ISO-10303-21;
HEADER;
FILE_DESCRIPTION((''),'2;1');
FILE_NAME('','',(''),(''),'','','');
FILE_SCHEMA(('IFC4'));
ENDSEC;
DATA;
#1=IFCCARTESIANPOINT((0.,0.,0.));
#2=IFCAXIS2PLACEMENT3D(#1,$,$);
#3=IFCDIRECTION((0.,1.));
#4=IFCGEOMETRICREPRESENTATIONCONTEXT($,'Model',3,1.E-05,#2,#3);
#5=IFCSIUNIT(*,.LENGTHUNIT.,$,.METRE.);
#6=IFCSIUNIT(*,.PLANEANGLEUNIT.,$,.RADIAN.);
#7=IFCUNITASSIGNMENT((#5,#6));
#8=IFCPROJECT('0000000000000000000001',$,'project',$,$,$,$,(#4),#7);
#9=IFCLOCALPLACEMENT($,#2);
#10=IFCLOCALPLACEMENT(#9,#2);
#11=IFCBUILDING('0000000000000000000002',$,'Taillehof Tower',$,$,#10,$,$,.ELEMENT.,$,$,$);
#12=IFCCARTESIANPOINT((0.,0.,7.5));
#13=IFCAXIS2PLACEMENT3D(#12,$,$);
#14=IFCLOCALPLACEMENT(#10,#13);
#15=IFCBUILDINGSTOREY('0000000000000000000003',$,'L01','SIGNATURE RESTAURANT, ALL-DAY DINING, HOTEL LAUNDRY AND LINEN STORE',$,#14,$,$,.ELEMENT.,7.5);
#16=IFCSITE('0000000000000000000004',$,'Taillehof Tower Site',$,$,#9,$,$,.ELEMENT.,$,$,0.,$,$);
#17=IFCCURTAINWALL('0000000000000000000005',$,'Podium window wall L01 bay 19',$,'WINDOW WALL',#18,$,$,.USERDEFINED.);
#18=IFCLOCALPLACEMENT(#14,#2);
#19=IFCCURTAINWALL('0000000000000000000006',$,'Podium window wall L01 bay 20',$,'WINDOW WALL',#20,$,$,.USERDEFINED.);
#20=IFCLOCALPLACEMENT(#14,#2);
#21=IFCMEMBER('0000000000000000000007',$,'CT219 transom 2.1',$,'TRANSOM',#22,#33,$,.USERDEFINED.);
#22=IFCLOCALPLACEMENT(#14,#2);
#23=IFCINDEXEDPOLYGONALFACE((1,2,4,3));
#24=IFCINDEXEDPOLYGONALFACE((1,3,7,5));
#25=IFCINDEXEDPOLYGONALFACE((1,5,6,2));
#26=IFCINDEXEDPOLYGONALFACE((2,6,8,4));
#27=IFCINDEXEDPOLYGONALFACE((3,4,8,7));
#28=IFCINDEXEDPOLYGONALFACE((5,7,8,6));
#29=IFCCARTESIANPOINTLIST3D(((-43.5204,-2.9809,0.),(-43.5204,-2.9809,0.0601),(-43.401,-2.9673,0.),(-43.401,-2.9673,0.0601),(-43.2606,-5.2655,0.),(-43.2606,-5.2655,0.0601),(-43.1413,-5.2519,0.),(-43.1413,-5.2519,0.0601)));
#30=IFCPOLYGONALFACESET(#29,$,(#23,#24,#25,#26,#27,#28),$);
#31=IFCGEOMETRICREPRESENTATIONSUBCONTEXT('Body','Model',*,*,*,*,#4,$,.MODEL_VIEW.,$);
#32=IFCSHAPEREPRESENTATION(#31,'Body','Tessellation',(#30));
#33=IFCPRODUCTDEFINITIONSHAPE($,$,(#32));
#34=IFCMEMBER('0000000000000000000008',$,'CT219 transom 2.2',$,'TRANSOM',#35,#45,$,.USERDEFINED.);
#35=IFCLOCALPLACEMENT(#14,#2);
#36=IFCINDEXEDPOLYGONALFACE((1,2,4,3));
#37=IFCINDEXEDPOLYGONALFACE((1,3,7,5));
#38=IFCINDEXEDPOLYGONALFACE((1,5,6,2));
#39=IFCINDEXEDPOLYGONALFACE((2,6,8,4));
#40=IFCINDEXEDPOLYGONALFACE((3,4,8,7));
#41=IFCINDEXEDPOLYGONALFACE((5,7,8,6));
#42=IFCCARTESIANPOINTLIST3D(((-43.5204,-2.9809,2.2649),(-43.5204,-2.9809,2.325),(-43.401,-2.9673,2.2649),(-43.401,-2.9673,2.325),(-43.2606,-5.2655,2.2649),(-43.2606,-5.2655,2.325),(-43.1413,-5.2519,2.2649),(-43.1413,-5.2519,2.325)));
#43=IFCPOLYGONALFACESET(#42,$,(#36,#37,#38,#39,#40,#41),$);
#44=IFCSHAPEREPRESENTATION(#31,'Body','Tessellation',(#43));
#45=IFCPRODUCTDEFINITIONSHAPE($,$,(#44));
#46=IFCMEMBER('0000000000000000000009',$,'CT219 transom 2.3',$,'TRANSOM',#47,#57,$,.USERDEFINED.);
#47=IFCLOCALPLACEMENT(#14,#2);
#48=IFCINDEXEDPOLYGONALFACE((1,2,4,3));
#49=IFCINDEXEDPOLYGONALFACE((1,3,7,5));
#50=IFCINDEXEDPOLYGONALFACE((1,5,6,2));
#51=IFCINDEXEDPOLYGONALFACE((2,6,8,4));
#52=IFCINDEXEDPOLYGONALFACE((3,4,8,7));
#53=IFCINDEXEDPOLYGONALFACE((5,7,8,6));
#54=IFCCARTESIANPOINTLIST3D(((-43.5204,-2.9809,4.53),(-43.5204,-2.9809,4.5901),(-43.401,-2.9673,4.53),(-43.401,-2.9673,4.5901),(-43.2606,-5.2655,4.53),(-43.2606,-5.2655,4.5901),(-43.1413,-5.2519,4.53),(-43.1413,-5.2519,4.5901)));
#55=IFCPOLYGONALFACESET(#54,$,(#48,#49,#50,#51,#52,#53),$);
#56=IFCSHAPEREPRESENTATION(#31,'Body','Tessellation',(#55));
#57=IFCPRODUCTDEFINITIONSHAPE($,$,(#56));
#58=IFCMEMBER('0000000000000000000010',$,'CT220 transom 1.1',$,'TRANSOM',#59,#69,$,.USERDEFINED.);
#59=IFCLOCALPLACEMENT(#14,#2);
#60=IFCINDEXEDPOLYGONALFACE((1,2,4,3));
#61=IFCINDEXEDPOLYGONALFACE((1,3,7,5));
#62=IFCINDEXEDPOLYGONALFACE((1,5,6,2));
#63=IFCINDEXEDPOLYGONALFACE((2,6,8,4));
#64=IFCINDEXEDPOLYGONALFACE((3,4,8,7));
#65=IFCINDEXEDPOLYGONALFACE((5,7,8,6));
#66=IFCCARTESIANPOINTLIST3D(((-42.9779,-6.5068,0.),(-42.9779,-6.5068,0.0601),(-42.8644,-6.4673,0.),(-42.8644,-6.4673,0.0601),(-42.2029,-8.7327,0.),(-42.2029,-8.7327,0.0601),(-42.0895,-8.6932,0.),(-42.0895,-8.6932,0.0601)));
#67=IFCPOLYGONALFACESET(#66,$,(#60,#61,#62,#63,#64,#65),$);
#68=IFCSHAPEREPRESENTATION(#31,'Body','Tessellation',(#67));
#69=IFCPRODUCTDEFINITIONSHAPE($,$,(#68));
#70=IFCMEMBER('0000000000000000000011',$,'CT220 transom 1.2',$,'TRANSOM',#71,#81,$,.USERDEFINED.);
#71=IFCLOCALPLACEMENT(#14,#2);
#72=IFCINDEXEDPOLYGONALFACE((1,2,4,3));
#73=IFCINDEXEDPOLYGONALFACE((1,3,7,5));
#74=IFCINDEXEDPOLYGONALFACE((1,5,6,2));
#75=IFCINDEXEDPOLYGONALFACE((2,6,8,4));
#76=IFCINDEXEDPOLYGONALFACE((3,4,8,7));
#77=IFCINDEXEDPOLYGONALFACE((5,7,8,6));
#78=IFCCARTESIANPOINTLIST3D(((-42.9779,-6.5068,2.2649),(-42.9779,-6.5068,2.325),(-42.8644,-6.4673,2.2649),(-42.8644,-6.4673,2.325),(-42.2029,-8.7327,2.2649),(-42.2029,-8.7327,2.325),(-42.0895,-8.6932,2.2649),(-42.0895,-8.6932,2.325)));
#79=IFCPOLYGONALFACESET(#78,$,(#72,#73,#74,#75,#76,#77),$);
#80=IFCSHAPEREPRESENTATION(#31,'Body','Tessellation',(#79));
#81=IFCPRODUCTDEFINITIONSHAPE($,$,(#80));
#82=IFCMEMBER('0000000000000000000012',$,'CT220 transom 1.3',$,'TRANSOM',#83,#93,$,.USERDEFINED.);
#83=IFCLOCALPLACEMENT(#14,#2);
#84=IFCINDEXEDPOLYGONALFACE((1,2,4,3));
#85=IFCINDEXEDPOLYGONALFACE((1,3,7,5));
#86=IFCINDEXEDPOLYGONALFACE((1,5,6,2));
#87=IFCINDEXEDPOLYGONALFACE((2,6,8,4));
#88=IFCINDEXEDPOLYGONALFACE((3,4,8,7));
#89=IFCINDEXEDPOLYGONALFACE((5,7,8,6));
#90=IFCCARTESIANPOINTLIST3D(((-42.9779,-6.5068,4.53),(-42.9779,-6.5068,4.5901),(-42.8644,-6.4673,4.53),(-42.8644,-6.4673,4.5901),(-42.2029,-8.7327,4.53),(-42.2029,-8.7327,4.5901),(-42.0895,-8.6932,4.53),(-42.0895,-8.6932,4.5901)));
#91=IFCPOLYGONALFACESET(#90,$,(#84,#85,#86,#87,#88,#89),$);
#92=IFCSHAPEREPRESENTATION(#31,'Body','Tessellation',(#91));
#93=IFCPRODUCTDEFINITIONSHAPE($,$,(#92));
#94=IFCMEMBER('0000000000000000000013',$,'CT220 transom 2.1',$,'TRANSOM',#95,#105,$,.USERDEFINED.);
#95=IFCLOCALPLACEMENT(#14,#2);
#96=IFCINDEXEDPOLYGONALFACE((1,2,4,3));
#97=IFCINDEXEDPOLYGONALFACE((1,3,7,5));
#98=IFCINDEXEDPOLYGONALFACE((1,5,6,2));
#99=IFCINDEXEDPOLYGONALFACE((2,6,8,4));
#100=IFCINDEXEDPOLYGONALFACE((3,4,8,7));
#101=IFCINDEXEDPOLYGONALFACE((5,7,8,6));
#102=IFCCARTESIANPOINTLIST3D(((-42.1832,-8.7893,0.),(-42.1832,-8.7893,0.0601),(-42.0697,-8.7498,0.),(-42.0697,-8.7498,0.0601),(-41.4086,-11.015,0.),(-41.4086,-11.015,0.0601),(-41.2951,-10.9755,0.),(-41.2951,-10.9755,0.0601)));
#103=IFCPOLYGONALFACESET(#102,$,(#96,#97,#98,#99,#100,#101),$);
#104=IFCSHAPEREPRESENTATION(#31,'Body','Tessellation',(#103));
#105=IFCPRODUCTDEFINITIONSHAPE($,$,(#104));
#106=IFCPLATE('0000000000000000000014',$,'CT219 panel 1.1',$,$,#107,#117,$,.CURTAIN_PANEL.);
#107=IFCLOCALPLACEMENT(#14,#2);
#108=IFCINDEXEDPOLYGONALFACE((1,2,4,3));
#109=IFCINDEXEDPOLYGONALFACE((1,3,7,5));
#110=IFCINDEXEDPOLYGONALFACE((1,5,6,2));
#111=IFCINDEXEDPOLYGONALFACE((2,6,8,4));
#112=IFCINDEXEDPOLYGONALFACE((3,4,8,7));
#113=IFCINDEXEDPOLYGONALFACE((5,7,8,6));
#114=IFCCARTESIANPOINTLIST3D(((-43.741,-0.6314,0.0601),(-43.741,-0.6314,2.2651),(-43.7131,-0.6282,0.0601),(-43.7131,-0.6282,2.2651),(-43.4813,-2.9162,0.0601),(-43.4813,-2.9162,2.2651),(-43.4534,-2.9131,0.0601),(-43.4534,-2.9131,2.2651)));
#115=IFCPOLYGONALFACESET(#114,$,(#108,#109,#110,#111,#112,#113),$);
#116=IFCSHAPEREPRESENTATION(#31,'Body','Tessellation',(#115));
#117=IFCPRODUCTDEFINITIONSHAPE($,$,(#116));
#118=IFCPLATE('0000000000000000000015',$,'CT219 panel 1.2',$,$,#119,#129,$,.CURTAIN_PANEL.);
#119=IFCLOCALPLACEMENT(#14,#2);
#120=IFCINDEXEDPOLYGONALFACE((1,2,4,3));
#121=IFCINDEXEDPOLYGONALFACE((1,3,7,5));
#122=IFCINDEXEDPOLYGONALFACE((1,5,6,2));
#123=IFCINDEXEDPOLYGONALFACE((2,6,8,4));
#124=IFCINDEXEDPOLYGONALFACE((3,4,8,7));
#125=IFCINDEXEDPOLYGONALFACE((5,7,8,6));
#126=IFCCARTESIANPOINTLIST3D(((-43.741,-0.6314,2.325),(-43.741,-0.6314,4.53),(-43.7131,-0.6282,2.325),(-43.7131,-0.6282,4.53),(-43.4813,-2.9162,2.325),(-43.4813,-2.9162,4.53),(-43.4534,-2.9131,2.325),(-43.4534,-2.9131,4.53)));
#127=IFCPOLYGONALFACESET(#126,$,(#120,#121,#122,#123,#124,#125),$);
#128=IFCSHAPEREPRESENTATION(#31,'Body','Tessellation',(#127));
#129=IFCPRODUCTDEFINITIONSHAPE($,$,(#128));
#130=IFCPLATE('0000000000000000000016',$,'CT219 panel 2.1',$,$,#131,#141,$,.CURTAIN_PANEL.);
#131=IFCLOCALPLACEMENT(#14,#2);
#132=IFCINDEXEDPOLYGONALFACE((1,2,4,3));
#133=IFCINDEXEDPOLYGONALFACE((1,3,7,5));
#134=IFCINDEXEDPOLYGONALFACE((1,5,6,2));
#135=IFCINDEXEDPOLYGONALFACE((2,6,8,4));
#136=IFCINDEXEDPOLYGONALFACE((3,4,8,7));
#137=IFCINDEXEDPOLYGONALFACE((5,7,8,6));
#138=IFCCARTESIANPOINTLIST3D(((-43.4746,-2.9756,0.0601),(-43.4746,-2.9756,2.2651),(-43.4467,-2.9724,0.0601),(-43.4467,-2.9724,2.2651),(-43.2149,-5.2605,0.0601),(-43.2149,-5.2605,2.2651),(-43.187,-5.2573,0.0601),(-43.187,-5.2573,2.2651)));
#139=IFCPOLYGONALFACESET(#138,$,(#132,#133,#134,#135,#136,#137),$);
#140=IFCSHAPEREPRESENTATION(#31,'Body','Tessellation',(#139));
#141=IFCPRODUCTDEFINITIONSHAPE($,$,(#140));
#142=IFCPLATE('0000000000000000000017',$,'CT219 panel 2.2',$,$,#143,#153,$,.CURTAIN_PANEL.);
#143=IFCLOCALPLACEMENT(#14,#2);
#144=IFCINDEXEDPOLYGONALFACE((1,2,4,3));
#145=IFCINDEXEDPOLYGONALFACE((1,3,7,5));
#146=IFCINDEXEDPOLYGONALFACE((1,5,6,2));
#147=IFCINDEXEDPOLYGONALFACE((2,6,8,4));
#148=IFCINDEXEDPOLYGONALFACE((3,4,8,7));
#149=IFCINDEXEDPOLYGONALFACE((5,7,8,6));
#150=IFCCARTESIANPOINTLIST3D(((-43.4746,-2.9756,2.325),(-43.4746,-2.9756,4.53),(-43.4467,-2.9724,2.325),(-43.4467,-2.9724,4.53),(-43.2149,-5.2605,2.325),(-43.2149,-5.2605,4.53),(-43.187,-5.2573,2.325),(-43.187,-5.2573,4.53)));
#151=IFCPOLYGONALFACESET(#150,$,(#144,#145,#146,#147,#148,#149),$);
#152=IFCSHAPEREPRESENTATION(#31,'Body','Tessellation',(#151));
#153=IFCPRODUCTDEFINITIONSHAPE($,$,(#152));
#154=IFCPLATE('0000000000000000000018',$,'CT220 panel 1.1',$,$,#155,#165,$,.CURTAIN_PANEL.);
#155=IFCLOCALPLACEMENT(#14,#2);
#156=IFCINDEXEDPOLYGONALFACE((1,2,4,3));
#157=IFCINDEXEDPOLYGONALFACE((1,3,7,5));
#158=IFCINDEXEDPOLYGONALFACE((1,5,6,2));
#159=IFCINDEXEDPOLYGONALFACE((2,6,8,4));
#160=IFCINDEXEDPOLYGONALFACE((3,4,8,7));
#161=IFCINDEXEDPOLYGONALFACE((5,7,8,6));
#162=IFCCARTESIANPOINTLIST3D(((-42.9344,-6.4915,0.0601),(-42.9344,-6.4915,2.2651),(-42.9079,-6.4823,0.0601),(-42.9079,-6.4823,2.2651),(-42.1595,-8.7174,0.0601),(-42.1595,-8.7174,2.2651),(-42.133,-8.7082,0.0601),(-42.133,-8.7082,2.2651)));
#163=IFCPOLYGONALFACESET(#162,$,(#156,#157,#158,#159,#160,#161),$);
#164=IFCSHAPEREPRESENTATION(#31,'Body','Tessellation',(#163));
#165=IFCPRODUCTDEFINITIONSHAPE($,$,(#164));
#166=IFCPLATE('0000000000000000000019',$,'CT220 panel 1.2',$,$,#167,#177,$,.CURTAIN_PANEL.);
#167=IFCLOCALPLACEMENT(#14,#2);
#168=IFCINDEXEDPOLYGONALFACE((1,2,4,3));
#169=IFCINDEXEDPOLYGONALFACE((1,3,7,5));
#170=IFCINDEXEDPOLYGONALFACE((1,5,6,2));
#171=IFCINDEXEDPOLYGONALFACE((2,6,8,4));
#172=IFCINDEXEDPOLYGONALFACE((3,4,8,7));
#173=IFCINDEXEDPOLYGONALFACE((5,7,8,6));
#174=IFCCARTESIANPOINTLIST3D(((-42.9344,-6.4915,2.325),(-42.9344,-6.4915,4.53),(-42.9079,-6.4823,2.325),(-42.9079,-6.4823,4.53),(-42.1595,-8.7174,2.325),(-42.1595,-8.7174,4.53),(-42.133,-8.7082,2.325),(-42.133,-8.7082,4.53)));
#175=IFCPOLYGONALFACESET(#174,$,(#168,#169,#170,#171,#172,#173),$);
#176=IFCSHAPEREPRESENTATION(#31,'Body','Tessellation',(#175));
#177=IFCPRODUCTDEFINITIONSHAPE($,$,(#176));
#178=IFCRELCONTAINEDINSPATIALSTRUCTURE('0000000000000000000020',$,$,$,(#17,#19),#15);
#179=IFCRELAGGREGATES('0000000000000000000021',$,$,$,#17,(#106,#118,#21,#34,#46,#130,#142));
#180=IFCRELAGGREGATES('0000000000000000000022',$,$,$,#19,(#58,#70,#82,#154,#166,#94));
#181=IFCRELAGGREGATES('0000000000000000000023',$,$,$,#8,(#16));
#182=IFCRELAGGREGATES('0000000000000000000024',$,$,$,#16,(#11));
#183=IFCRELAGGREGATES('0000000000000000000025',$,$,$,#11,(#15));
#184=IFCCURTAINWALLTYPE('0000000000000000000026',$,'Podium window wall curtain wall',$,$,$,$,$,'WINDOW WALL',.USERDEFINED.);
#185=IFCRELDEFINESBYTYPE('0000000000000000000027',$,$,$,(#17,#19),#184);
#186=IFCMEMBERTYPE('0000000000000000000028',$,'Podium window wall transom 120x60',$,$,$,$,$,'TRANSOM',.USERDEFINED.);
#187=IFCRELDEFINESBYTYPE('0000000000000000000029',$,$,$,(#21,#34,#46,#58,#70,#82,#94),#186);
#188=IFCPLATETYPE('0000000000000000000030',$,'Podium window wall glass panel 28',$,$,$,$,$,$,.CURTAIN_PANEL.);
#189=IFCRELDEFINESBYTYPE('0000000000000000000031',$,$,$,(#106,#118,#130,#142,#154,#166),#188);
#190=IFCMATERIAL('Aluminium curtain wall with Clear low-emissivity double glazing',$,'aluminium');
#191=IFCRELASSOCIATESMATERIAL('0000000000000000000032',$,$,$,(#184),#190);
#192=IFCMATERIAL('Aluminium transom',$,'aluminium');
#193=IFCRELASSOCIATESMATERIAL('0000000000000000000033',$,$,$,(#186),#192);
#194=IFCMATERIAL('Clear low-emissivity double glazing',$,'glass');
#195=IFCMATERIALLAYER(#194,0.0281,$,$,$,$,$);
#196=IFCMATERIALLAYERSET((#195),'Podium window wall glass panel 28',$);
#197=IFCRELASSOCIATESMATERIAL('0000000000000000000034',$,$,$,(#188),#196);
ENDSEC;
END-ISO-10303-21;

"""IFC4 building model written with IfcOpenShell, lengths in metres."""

from ifc_helpers import new_model, si_unit, direction, frame, origin, origin_2d, place, context, subcontext, project, spatial, rectangle, extrude, material, layer, layer_set, material_profile, profile_set, type_object, element, aggregate, save


model = new_model("IFC4")

# Units and contexts
model_context = context("Model", 3, precision=1e-05, world=origin(), true_north=direction((0.0, 1.0)))
body_context = subcontext(model_context, "Body", "Model", "MODEL_VIEW")
ifc_project = project(units=[si_unit("LENGTHUNIT", "METRE"), si_unit("PLANEANGLEUNIT", "RADIAN")], contexts=[model_context])

# Site, building, storey
site_placement = place(None, origin())
site = spatial("IfcSite", under=ifc_project, at=site_placement, Name="Taillehof Tower Site", CompositionType="ELEMENT", RefElevation=0.0)
building_placement = place(site_placement, origin())
building = spatial("IfcBuilding", under=site, at=building_placement, Name="Taillehof Tower", CompositionType="ELEMENT")
storey_placement = place(building_placement, frame((0.0, 0.0, 7.5)))
storey = spatial("IfcBuildingStorey", under=building, at=storey_placement, Name="L01", Description="SIGNATURE RESTAURANT, ALL-DAY DINING, HOTEL LAUNDRY AND LINEN STORE", CompositionType="ELEMENT", Elevation=7.5)

# Curtain walls
ifc_material_1 = material(Name="Aluminium curtain wall with Clear low-emissivity double glazing", Category="aluminium")
curtain_wall_type = type_object("IfcCurtainWallType", Name="Podium window wall curtain wall", ElementType="WINDOW WALL", PredefinedType="USERDEFINED", material=ifc_material_1)
curtain_wall_1_placement = place(storey_placement, origin())
curtain_wall_1 = element("IfcCurtainWall", 1, at=curtain_wall_1_placement, inside=storey, type_object=curtain_wall_type, Name="Podium window wall L01 bay 19", ObjectType="WINDOW WALL", PredefinedType="USERDEFINED")
curtain_wall_2_placement = place(storey_placement, origin())
curtain_wall_2 = element("IfcCurtainWall", 2, at=curtain_wall_2_placement, inside=storey, type_object=curtain_wall_type, Name="Podium window wall L01 bay 20", ObjectType="WINDOW WALL", PredefinedType="USERDEFINED")

# Members
ifc_material_2 = material(Name="Aluminium transom", Category="aluminium")
ifc_material_profile_1 = material_profile(ifc_material_2, rectangle(XDim=0.1201, YDim=0.0601, at=origin_2d()), Name="AL 120x60")
ifc_profile_set_1 = profile_set([ifc_material_profile_1], Name="Aluminium transom")
member_type_1 = type_object("IfcMemberType", Name="Podium window wall transom 120x60", ElementType="TRANSOM", PredefinedType="USERDEFINED", material=ifc_profile_set_1)
member_1_placement = place(storey_placement, frame((-43.4607, -2.9741, 0.03), z_axis=(0.112972, -0.993598, 0.0), x_axis=(0.993598, 0.112972, 0.0)))
member_1 = element("IfcMember", 3, at=member_1_placement, type_object=member_type_1, Name="CT219 transom 2.1", ObjectType="TRANSOM", PredefinedType="USERDEFINED", context=body_context, shape_type="SweptSolid", body=[
    extrude(rectangle(XDim=0.1201, YDim=0.0601, at=origin_2d()), origin(), (0.0, 0.0, 1.0), 2.2993),
])
member_2_placement = place(storey_placement, frame((-43.4607, -2.9741, 2.2949), z_axis=(0.112972, -0.993598, 0.0), x_axis=(0.993598, 0.112972, 0.0)))
member_2 = element("IfcMember", 4, at=member_2_placement, type_object=member_type_1, Name="CT219 transom 2.2", ObjectType="TRANSOM", PredefinedType="USERDEFINED", context=body_context, shape_type="SweptSolid", body=[
    extrude(rectangle(XDim=0.1201, YDim=0.0601, at=origin_2d()), origin(), (0.0, 0.0, 1.0), 2.2993),
])
member_3_placement = place(storey_placement, frame((-43.4607, -2.9741, 4.5601), z_axis=(0.112972, -0.993598, 0.0), x_axis=(0.993598, 0.112972, 0.0)))
member_3 = element("IfcMember", 5, at=member_3_placement, type_object=member_type_1, Name="CT219 transom 2.3", ObjectType="TRANSOM", PredefinedType="USERDEFINED", context=body_context, shape_type="SweptSolid", body=[
    extrude(rectangle(XDim=0.1201, YDim=0.0601, at=origin_2d()), origin(), (0.0, 0.0, 1.0), 2.2993),
])
member_4_placement = place(storey_placement, frame((-42.9211, -6.4871, 0.03), z_axis=(0.328786, -0.944405, 0.0), x_axis=(0.944405, 0.328786, 0.0)))
member_4 = element("IfcMember", 6, at=member_4_placement, type_object=member_type_1, Name="CT220 transom 1.1", ObjectType="TRANSOM", PredefinedType="USERDEFINED", context=body_context, shape_type="SweptSolid", body=[
    extrude(rectangle(XDim=0.1201, YDim=0.0601, at=origin_2d()), origin(), (0.0, 0.0, 1.0), 2.3569),
])
member_5_placement = place(storey_placement, frame((-42.9211, -6.4871, 2.2949), z_axis=(0.328786, -0.944405, 0.0), x_axis=(0.944405, 0.328786, 0.0)))
member_5 = element("IfcMember", 7, at=member_5_placement, type_object=member_type_1, Name="CT220 transom 1.2", ObjectType="TRANSOM", PredefinedType="USERDEFINED", context=body_context, shape_type="SweptSolid", body=[
    extrude(rectangle(XDim=0.1201, YDim=0.0601, at=origin_2d()), origin(), (0.0, 0.0, 1.0), 2.3569),
])
member_6_placement = place(storey_placement, frame((-42.9211, -6.4871, 4.5601), z_axis=(0.328786, -0.944405, 0.0), x_axis=(0.944405, 0.328786, 0.0)))
member_6 = element("IfcMember", 8, at=member_6_placement, type_object=member_type_1, Name="CT220 transom 1.3", ObjectType="TRANSOM", PredefinedType="USERDEFINED", context=body_context, shape_type="SweptSolid", body=[
    extrude(rectangle(XDim=0.1201, YDim=0.0601, at=origin_2d()), origin(), (0.0, 0.0, 1.0), 2.3569),
])
member_7_placement = place(storey_placement, frame((-42.1265, -8.7695, 0.03), z_axis=(0.328693, -0.944437, 0.0), x_axis=(0.944437, 0.328693, 0.0)))
member_7 = element("IfcMember", 9, at=member_7_placement, type_object=member_type_1, Name="CT220 transom 2.1", ObjectType="TRANSOM", PredefinedType="USERDEFINED", context=body_context, shape_type="SweptSolid", body=[
    extrude(rectangle(XDim=0.1201, YDim=0.0601, at=origin_2d()), origin(), (0.0, 0.0, 1.0), 2.3567),
])

# Plates
ifc_material_3 = material(Name="Clear low-emissivity double glazing", Category="glass")
ifc_layer = layer(ifc_material_3, 0.0281)
ifc_layer_set = layer_set([ifc_layer], Name="Podium window wall glass panel 28")
plate_type = type_object("IfcPlateType", Name="Podium window wall glass panel 28", PredefinedType="CURTAIN_PANEL", material=ifc_layer_set)
plate_1_placement = place(storey_placement, frame((-43.5972, -1.7722, 0.0601), z_axis=(0.0, 0.0, 1.0), x_axis=(0.112932, -0.993603, 0.0)))
plate_1 = element("IfcPlate", 10, at=plate_1_placement, type_object=plate_type, Name="CT219 panel 1.1", PredefinedType="CURTAIN_PANEL", context=body_context, shape_type="SweptSolid", body=[
    extrude(rectangle(XDim=2.2996, YDim=0.0281, at=origin_2d()), origin(), (0.0, 0.0, 1.0), 2.2051),
])
plate_2_placement = place(storey_placement, frame((-43.5972, -1.7722, 2.325), z_axis=(0.0, 0.0, 1.0), x_axis=(0.112932, -0.993603, 0.0)))
plate_2 = element("IfcPlate", 11, at=plate_2_placement, type_object=plate_type, Name="CT219 panel 1.2", PredefinedType="CURTAIN_PANEL", context=body_context, shape_type="SweptSolid", body=[
    extrude(rectangle(XDim=2.2996, YDim=0.0281, at=origin_2d()), origin(), (0.0, 0.0, 1.0), 2.2051),
])
plate_3_placement = place(storey_placement, frame((-43.3308, -4.1165, 0.0601), z_axis=(0.0, 0.0, 1.0), x_axis=(0.112932, -0.993603, 0.0)))
plate_3 = element("IfcPlate", 12, at=plate_3_placement, type_object=plate_type, Name="CT219 panel 2.1", PredefinedType="CURTAIN_PANEL", context=body_context, shape_type="SweptSolid", body=[
    extrude(rectangle(XDim=2.2996, YDim=0.0281, at=origin_2d()), origin(), (0.0, 0.0, 1.0), 2.2051),
])
plate_4_placement = place(storey_placement, frame((-43.3308, -4.1165, 2.325), z_axis=(0.0, 0.0, 1.0), x_axis=(0.112932, -0.993603, 0.0)))
plate_4 = element("IfcPlate", 13, at=plate_4_placement, type_object=plate_type, Name="CT219 panel 2.2", PredefinedType="CURTAIN_PANEL", context=body_context, shape_type="SweptSolid", body=[
    extrude(rectangle(XDim=2.2996, YDim=0.0281, at=origin_2d()), origin(), (0.0, 0.0, 1.0), 2.2051),
])
aggregate(curtain_wall_1, [plate_1, plate_2, member_1, member_2, member_3, plate_3, plate_4])
plate_5_placement = place(storey_placement, frame((-42.5337, -7.5999, 0.0601), z_axis=(0.0, 0.0, 1.0), x_axis=(0.328758, -0.944414, 0.0)))
plate_5 = element("IfcPlate", 14, at=plate_5_placement, type_object=plate_type, Name="CT220 panel 1.1", PredefinedType="CURTAIN_PANEL", context=body_context, shape_type="SweptSolid", body=[
    extrude(rectangle(XDim=2.3569, YDim=0.0281, at=origin_2d()), origin(), (0.0, 0.0, 1.0), 2.2051),
])
plate_6_placement = place(storey_placement, frame((-42.5337, -7.5999, 2.325), z_axis=(0.0, 0.0, 1.0), x_axis=(0.328758, -0.944414, 0.0)))
plate_6 = element("IfcPlate", 15, at=plate_6_placement, type_object=plate_type, Name="CT220 panel 1.2", PredefinedType="CURTAIN_PANEL", context=body_context, shape_type="SweptSolid", body=[
    extrude(rectangle(XDim=2.3569, YDim=0.0281, at=origin_2d()), origin(), (0.0, 0.0, 1.0), 2.2051),
])
aggregate(curtain_wall_2, [member_4, member_5, member_6, plate_5, plate_6, member_7])

save(model, "model.ifc")
